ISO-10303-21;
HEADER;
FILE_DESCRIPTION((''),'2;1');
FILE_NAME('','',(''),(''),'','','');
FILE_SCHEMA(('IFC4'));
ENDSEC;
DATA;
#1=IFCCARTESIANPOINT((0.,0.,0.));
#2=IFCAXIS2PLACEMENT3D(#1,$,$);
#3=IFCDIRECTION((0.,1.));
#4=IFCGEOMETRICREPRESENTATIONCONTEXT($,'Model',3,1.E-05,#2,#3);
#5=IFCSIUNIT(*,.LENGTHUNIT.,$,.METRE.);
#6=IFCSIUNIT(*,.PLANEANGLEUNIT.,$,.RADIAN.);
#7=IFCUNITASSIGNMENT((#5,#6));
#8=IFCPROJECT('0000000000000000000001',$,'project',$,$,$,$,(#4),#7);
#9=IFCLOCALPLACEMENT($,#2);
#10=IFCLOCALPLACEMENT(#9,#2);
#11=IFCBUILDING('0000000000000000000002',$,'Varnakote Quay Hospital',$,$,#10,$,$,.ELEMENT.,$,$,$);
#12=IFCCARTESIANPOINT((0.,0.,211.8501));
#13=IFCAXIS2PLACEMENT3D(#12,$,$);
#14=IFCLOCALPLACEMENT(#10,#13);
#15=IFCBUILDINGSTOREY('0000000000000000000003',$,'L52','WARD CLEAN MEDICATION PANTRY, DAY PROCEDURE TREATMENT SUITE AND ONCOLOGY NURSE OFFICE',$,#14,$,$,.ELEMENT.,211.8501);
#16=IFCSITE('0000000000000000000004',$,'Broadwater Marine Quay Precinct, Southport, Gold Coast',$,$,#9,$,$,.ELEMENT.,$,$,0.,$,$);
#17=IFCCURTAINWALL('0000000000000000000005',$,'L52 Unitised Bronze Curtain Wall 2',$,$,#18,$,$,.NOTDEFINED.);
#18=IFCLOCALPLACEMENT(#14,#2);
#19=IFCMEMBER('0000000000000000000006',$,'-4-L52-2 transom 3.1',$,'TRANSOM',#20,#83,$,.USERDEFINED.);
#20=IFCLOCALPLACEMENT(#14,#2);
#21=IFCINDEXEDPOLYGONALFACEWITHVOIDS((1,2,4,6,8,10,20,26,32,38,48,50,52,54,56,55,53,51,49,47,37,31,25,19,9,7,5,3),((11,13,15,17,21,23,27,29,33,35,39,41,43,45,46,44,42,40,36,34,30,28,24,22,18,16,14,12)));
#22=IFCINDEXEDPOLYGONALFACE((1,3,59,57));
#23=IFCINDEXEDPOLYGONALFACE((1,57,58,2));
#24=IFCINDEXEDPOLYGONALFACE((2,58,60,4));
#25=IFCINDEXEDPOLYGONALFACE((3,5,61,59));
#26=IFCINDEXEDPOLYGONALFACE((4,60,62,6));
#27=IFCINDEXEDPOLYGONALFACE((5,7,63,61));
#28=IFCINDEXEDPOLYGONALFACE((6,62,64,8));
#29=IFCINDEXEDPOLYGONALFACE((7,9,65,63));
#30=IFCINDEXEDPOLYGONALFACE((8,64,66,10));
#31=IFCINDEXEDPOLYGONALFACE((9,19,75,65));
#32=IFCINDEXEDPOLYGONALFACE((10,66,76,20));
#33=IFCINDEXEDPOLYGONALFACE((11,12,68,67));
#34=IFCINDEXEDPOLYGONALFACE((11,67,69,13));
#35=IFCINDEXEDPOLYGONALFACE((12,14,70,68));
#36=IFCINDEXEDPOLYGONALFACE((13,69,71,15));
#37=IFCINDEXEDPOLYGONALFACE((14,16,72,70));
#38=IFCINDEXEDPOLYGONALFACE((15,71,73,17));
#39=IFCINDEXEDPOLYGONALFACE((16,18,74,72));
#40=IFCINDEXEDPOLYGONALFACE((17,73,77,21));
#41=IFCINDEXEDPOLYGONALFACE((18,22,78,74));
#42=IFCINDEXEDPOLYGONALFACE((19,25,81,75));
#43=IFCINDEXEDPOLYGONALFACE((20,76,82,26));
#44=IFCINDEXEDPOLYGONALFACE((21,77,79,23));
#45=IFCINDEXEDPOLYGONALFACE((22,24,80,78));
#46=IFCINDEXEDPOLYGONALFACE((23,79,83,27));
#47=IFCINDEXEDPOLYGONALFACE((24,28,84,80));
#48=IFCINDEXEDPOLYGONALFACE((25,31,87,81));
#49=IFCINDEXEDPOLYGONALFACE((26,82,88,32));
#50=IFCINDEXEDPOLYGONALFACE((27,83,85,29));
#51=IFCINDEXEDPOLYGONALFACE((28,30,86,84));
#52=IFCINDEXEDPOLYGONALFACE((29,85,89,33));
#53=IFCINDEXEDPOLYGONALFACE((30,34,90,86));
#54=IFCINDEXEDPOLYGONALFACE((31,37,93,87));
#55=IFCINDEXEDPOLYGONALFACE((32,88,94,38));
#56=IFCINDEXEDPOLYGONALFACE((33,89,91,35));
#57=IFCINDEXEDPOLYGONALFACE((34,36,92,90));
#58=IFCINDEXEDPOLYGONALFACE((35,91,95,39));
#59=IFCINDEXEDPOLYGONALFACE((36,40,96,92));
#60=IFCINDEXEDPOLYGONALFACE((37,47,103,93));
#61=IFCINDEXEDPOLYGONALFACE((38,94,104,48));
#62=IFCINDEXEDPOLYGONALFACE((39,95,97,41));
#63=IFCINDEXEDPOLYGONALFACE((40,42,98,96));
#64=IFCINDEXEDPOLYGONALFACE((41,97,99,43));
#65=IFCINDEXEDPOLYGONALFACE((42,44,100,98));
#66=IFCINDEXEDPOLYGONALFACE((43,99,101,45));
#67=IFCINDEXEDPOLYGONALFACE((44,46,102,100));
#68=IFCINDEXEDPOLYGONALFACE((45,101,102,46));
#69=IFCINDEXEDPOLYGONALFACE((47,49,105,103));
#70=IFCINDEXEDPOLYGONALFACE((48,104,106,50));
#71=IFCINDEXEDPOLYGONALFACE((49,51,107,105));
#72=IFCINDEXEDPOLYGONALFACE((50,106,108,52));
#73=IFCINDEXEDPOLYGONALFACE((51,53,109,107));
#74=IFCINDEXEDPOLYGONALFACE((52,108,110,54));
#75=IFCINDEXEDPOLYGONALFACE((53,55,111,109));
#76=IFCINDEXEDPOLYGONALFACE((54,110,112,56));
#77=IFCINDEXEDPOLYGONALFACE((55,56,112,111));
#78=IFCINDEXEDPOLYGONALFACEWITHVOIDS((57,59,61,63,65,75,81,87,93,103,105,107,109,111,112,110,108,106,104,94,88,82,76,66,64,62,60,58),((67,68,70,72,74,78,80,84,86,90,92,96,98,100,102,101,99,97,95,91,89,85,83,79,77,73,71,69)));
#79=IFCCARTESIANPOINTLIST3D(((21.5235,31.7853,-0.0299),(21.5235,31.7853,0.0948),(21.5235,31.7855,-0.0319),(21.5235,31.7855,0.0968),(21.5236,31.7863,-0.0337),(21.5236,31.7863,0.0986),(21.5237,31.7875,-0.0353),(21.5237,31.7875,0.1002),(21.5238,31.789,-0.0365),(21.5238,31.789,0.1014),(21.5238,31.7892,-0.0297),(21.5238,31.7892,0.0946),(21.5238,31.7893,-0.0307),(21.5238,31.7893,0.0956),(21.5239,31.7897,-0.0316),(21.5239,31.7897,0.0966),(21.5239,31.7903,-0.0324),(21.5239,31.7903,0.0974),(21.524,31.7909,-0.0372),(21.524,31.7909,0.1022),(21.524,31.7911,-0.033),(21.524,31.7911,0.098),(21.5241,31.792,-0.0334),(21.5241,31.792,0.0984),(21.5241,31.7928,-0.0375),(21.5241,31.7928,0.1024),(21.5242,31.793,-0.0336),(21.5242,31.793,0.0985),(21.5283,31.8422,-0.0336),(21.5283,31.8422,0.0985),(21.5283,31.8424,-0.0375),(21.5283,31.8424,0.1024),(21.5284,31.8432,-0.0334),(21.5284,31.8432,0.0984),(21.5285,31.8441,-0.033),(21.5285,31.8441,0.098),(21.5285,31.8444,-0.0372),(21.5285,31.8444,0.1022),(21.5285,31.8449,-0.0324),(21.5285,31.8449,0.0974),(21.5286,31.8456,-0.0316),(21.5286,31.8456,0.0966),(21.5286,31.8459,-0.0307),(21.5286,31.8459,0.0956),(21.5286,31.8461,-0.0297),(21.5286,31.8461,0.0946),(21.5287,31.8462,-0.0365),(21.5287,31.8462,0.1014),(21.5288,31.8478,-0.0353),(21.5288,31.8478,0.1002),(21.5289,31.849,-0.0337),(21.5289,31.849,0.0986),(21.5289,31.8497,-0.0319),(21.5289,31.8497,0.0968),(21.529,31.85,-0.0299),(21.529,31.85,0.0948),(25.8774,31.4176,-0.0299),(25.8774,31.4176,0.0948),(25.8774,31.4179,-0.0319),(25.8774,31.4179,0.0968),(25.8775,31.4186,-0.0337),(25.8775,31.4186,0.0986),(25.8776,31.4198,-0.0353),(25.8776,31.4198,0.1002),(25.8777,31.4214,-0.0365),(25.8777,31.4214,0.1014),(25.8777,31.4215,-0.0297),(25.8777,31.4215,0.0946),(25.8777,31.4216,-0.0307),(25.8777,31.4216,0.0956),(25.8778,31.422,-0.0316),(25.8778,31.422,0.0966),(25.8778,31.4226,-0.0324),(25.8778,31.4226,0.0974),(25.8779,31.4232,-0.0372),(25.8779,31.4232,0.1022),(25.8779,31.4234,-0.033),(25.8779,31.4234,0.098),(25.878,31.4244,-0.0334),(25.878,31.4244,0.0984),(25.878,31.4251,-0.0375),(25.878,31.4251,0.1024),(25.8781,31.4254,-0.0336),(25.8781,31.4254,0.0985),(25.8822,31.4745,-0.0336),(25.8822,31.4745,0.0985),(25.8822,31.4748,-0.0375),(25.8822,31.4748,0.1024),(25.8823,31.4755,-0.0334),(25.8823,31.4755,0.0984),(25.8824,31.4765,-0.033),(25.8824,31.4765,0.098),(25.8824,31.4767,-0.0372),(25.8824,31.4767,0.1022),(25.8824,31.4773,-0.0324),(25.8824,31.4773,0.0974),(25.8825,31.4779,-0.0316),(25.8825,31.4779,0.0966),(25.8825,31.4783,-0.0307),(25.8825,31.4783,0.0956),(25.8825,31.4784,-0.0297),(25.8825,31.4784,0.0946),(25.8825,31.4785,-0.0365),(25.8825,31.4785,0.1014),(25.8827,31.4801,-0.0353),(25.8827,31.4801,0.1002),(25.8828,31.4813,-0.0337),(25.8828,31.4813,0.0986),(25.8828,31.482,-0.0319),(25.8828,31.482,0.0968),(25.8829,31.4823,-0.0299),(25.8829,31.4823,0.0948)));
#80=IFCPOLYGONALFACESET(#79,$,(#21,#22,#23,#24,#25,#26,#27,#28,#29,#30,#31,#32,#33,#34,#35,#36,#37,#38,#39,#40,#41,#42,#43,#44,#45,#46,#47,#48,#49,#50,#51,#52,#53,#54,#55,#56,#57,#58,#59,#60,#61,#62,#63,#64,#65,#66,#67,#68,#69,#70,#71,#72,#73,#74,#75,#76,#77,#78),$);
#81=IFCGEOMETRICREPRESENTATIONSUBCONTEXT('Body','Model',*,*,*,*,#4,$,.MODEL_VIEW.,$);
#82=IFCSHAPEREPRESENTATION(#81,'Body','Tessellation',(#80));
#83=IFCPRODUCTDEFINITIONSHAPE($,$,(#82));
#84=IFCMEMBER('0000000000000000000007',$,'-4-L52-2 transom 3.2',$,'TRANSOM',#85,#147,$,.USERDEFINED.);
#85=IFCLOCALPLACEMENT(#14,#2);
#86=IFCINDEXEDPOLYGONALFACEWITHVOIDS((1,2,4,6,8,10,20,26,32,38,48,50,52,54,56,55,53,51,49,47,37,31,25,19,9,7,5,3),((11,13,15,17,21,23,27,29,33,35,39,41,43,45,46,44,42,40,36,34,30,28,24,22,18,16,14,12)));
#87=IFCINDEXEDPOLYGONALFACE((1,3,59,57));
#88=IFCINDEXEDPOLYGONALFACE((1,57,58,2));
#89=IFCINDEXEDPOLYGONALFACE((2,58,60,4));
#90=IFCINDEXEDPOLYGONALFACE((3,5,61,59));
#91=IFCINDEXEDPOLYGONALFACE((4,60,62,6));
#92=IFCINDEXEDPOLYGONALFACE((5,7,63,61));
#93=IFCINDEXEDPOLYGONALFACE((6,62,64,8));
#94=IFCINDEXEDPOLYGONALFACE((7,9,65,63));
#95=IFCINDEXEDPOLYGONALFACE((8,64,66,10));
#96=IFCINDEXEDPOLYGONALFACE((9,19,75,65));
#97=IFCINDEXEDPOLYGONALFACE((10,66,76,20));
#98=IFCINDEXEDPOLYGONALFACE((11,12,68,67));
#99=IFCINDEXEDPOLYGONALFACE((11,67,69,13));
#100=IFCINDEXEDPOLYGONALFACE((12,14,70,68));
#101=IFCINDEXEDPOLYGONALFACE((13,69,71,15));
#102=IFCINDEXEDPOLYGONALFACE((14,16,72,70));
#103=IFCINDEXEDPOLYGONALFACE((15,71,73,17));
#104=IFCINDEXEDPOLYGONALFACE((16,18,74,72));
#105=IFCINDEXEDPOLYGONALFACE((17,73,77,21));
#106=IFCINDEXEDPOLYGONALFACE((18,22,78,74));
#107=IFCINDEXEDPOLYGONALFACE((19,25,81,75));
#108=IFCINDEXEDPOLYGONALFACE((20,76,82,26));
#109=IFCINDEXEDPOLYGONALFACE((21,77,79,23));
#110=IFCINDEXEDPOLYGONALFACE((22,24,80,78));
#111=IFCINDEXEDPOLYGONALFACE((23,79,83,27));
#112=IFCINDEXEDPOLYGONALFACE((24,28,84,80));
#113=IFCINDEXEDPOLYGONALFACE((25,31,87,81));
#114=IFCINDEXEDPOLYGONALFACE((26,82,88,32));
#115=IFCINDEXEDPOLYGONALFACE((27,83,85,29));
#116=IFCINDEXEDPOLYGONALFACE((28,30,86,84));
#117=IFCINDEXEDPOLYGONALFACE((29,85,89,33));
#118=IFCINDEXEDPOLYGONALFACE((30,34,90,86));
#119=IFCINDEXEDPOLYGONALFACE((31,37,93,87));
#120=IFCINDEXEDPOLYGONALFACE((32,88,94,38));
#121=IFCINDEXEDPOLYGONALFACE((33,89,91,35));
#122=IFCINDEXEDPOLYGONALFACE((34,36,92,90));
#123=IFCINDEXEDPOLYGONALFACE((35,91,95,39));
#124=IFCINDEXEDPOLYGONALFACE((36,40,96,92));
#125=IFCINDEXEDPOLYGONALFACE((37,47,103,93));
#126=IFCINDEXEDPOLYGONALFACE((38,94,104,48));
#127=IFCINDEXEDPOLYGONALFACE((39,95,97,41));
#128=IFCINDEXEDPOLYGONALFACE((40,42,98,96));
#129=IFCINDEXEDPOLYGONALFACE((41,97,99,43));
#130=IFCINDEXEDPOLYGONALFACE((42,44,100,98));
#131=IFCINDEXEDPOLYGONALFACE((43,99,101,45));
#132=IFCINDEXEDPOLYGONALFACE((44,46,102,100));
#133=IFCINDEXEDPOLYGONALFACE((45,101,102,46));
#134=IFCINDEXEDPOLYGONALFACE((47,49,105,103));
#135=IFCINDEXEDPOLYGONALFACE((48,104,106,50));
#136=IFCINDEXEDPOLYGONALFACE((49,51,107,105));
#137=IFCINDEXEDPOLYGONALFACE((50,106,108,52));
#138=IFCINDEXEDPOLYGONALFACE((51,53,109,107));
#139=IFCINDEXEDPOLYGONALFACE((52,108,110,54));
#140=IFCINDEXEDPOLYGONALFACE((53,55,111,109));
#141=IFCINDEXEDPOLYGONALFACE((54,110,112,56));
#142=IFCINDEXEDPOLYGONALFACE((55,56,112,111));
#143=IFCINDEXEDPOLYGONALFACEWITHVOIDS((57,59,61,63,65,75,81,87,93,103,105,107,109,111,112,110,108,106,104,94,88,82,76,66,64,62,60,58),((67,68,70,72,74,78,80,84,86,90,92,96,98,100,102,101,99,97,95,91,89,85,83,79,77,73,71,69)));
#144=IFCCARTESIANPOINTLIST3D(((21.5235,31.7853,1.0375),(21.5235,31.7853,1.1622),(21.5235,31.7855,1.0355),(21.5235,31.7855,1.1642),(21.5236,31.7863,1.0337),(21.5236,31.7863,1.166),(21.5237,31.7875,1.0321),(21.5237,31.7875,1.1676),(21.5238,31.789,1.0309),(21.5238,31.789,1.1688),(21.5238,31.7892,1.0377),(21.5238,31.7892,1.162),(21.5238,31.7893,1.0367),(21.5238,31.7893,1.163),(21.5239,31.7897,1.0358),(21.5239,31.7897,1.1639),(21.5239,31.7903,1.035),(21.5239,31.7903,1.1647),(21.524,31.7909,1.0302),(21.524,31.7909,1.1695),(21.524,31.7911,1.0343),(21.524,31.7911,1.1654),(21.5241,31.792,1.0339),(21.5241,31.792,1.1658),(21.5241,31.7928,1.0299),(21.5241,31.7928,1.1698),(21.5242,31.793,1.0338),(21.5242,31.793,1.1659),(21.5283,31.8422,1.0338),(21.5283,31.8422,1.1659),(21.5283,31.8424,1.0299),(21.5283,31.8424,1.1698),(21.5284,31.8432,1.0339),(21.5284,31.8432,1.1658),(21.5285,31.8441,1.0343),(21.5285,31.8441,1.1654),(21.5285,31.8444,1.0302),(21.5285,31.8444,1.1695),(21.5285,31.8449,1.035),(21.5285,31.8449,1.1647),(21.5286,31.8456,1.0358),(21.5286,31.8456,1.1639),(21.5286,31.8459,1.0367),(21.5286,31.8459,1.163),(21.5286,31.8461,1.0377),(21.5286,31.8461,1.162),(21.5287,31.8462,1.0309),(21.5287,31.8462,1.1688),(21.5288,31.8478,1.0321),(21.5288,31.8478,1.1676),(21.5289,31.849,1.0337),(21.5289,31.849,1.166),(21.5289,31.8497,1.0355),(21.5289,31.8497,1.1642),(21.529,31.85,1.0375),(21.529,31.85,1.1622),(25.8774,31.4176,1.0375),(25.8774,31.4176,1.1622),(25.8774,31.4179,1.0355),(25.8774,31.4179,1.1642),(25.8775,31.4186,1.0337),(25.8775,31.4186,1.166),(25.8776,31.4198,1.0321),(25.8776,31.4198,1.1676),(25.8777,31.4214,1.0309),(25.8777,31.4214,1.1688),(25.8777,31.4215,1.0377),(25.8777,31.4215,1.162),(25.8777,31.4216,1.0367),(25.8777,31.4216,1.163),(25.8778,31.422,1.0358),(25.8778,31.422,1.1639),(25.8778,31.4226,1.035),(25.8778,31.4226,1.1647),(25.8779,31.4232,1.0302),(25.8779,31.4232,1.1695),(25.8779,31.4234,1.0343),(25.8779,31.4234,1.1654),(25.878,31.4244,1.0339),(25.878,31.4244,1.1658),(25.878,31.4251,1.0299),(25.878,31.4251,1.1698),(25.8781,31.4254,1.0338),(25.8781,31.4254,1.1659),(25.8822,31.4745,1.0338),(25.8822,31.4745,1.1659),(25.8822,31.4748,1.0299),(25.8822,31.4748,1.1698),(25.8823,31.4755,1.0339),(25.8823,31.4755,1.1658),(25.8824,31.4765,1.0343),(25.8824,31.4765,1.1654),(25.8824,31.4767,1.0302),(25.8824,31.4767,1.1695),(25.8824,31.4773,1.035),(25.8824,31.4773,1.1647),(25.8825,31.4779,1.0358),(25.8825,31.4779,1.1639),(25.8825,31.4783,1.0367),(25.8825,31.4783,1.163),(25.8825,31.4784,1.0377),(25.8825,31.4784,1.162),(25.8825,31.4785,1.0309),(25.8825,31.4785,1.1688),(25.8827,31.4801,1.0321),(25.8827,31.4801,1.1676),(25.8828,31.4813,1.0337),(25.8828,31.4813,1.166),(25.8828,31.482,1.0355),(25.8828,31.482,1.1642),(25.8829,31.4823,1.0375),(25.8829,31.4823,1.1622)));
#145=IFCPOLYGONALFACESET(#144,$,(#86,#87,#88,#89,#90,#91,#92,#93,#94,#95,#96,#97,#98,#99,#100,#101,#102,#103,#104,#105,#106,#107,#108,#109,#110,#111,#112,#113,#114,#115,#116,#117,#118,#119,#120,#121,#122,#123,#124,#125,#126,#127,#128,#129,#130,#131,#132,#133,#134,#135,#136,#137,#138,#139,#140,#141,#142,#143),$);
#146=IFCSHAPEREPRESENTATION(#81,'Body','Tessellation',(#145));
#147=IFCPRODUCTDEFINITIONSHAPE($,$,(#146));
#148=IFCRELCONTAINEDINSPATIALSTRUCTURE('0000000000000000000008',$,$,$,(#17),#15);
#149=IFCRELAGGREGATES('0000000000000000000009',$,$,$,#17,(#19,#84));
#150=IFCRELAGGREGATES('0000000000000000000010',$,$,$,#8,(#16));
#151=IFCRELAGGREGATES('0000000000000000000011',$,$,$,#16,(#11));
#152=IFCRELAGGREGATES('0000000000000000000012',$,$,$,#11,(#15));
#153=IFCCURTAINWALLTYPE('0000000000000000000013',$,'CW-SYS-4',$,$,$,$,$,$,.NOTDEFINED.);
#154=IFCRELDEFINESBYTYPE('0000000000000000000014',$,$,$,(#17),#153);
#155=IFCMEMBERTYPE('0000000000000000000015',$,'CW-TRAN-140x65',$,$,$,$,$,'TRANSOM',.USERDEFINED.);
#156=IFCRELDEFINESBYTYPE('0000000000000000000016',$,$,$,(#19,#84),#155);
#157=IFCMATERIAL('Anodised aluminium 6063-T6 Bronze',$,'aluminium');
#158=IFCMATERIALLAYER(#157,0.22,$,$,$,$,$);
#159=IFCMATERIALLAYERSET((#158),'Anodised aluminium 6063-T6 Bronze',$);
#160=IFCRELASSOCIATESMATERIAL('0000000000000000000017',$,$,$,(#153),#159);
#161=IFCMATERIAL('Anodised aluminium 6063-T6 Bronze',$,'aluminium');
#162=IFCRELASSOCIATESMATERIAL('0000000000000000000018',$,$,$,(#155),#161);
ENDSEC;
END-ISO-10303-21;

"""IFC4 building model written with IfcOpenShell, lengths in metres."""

from ifc_helpers import new_model, si_unit, direction, frame, origin, origin_2d, place, context, subcontext, project, spatial, hollow_rectangle, extrude, material, layer, layer_set, material_profile, profile_set, type_object, element, aggregate, save


model = new_model("IFC4")

# Units and contexts
model_context = context("Model", 3, precision=1e-05, world=origin(), true_north=direction((0.0, 1.0)))
body_context = subcontext(model_context, "Body", "Model", "MODEL_VIEW")
ifc_project = project(units=[si_unit("LENGTHUNIT", "METRE"), si_unit("PLANEANGLEUNIT", "RADIAN")], contexts=[model_context])

# Site, building, storey
site_placement = place(None, origin())
site = spatial("IfcSite", under=ifc_project, at=site_placement, Name="Broadwater Marine Quay Precinct, Southport, Gold Coast", CompositionType="ELEMENT", RefElevation=0.0)
building_placement = place(site_placement, origin())
building = spatial("IfcBuilding", under=site, at=building_placement, Name="Varnakote Quay Hospital", CompositionType="ELEMENT")
storey_placement = place(building_placement, frame((0.0, 0.0, 211.8501)))
storey = spatial("IfcBuildingStorey", under=building, at=storey_placement, Name="L52", Description="WARD CLEAN MEDICATION PANTRY, DAY PROCEDURE TREATMENT SUITE AND ONCOLOGY NURSE OFFICE", CompositionType="ELEMENT", Elevation=211.8501)

# Curtain wall, members
ifc_material_1 = material(Name="Anodised aluminium 6063-T6 Bronze", Category="aluminium")
ifc_layer_1 = layer(ifc_material_1, 0.22)
ifc_layer_set_1 = layer_set([ifc_layer_1], Name="Anodised aluminium 6063-T6 Bronze")
curtain_wall_type = type_object("IfcCurtainWallType", Name="CW-SYS-4", PredefinedType="NOTDEFINED", material=ifc_layer_set_1)
curtain_wall_placement = place(storey_placement, origin())
curtain_wall = element("IfcCurtainWall", 1, at=curtain_wall_placement, inside=storey, type_object=curtain_wall_type, Name="L52 Unitised Bronze Curtain Wall 2", PredefinedType="NOTDEFINED")
ifc_material_2 = material(Name="Anodised aluminium 6063-T6 Bronze", Category="aluminium")
ifc_material_profile_1 = material_profile(ifc_material_2, hollow_rectangle(XDim=0.0649, YDim=0.1399, WallThickness=0.0039, InnerFilletRadius=0.0039, OuterFilletRadius=0.0076, at=origin_2d()), Name="CW-TRAN-140x65")
ifc_profile_set_1 = profile_set([ifc_material_profile_1], Name="Anodised aluminium 6063-T6 Bronze")
member_type_1 = type_object("IfcMemberType", Name="CW-TRAN-140x65", ElementType="TRANSOM", PredefinedType="USERDEFINED", material=ifc_profile_set_1)
member_1_placement = place(storey_placement, frame((25.8801, 31.45, 0.0325), z_axis=(-0.996453, 0.084146, 0.0), x_axis=(-0.084146, -0.996453, 0.0)))
member_1 = element("IfcMember", 2, at=member_1_placement, type_object=member_type_1, Name="-4-L52-2 transom 3.1", ObjectType="TRANSOM", PredefinedType="USERDEFINED", context=body_context, shape_type="SweptSolid", body=[
    extrude(hollow_rectangle(XDim=0.0649, YDim=0.1399, WallThickness=0.0039, InnerFilletRadius=0.0039, OuterFilletRadius=0.0076, at=origin_2d()), origin(), (0.0, 0.0, 1.0), 4.3694),
])
member_2_placement = place(storey_placement, frame((25.8801, 31.45, 1.0999), z_axis=(-0.996453, 0.084146, 0.0), x_axis=(-0.084146, -0.996453, 0.0)))
member_2 = element("IfcMember", 3, at=member_2_placement, type_object=member_type_1, Name="-4-L52-2 transom 3.2", ObjectType="TRANSOM", PredefinedType="USERDEFINED", context=body_context, shape_type="SweptSolid", body=[
    extrude(hollow_rectangle(XDim=0.0649, YDim=0.1399, WallThickness=0.0039, InnerFilletRadius=0.0039, OuterFilletRadius=0.0076, at=origin_2d()), origin(), (0.0, 0.0, 1.0), 4.3694),
])

aggregate(curtain_wall, [member_1, member_2])

save(model, "model.ifc")
